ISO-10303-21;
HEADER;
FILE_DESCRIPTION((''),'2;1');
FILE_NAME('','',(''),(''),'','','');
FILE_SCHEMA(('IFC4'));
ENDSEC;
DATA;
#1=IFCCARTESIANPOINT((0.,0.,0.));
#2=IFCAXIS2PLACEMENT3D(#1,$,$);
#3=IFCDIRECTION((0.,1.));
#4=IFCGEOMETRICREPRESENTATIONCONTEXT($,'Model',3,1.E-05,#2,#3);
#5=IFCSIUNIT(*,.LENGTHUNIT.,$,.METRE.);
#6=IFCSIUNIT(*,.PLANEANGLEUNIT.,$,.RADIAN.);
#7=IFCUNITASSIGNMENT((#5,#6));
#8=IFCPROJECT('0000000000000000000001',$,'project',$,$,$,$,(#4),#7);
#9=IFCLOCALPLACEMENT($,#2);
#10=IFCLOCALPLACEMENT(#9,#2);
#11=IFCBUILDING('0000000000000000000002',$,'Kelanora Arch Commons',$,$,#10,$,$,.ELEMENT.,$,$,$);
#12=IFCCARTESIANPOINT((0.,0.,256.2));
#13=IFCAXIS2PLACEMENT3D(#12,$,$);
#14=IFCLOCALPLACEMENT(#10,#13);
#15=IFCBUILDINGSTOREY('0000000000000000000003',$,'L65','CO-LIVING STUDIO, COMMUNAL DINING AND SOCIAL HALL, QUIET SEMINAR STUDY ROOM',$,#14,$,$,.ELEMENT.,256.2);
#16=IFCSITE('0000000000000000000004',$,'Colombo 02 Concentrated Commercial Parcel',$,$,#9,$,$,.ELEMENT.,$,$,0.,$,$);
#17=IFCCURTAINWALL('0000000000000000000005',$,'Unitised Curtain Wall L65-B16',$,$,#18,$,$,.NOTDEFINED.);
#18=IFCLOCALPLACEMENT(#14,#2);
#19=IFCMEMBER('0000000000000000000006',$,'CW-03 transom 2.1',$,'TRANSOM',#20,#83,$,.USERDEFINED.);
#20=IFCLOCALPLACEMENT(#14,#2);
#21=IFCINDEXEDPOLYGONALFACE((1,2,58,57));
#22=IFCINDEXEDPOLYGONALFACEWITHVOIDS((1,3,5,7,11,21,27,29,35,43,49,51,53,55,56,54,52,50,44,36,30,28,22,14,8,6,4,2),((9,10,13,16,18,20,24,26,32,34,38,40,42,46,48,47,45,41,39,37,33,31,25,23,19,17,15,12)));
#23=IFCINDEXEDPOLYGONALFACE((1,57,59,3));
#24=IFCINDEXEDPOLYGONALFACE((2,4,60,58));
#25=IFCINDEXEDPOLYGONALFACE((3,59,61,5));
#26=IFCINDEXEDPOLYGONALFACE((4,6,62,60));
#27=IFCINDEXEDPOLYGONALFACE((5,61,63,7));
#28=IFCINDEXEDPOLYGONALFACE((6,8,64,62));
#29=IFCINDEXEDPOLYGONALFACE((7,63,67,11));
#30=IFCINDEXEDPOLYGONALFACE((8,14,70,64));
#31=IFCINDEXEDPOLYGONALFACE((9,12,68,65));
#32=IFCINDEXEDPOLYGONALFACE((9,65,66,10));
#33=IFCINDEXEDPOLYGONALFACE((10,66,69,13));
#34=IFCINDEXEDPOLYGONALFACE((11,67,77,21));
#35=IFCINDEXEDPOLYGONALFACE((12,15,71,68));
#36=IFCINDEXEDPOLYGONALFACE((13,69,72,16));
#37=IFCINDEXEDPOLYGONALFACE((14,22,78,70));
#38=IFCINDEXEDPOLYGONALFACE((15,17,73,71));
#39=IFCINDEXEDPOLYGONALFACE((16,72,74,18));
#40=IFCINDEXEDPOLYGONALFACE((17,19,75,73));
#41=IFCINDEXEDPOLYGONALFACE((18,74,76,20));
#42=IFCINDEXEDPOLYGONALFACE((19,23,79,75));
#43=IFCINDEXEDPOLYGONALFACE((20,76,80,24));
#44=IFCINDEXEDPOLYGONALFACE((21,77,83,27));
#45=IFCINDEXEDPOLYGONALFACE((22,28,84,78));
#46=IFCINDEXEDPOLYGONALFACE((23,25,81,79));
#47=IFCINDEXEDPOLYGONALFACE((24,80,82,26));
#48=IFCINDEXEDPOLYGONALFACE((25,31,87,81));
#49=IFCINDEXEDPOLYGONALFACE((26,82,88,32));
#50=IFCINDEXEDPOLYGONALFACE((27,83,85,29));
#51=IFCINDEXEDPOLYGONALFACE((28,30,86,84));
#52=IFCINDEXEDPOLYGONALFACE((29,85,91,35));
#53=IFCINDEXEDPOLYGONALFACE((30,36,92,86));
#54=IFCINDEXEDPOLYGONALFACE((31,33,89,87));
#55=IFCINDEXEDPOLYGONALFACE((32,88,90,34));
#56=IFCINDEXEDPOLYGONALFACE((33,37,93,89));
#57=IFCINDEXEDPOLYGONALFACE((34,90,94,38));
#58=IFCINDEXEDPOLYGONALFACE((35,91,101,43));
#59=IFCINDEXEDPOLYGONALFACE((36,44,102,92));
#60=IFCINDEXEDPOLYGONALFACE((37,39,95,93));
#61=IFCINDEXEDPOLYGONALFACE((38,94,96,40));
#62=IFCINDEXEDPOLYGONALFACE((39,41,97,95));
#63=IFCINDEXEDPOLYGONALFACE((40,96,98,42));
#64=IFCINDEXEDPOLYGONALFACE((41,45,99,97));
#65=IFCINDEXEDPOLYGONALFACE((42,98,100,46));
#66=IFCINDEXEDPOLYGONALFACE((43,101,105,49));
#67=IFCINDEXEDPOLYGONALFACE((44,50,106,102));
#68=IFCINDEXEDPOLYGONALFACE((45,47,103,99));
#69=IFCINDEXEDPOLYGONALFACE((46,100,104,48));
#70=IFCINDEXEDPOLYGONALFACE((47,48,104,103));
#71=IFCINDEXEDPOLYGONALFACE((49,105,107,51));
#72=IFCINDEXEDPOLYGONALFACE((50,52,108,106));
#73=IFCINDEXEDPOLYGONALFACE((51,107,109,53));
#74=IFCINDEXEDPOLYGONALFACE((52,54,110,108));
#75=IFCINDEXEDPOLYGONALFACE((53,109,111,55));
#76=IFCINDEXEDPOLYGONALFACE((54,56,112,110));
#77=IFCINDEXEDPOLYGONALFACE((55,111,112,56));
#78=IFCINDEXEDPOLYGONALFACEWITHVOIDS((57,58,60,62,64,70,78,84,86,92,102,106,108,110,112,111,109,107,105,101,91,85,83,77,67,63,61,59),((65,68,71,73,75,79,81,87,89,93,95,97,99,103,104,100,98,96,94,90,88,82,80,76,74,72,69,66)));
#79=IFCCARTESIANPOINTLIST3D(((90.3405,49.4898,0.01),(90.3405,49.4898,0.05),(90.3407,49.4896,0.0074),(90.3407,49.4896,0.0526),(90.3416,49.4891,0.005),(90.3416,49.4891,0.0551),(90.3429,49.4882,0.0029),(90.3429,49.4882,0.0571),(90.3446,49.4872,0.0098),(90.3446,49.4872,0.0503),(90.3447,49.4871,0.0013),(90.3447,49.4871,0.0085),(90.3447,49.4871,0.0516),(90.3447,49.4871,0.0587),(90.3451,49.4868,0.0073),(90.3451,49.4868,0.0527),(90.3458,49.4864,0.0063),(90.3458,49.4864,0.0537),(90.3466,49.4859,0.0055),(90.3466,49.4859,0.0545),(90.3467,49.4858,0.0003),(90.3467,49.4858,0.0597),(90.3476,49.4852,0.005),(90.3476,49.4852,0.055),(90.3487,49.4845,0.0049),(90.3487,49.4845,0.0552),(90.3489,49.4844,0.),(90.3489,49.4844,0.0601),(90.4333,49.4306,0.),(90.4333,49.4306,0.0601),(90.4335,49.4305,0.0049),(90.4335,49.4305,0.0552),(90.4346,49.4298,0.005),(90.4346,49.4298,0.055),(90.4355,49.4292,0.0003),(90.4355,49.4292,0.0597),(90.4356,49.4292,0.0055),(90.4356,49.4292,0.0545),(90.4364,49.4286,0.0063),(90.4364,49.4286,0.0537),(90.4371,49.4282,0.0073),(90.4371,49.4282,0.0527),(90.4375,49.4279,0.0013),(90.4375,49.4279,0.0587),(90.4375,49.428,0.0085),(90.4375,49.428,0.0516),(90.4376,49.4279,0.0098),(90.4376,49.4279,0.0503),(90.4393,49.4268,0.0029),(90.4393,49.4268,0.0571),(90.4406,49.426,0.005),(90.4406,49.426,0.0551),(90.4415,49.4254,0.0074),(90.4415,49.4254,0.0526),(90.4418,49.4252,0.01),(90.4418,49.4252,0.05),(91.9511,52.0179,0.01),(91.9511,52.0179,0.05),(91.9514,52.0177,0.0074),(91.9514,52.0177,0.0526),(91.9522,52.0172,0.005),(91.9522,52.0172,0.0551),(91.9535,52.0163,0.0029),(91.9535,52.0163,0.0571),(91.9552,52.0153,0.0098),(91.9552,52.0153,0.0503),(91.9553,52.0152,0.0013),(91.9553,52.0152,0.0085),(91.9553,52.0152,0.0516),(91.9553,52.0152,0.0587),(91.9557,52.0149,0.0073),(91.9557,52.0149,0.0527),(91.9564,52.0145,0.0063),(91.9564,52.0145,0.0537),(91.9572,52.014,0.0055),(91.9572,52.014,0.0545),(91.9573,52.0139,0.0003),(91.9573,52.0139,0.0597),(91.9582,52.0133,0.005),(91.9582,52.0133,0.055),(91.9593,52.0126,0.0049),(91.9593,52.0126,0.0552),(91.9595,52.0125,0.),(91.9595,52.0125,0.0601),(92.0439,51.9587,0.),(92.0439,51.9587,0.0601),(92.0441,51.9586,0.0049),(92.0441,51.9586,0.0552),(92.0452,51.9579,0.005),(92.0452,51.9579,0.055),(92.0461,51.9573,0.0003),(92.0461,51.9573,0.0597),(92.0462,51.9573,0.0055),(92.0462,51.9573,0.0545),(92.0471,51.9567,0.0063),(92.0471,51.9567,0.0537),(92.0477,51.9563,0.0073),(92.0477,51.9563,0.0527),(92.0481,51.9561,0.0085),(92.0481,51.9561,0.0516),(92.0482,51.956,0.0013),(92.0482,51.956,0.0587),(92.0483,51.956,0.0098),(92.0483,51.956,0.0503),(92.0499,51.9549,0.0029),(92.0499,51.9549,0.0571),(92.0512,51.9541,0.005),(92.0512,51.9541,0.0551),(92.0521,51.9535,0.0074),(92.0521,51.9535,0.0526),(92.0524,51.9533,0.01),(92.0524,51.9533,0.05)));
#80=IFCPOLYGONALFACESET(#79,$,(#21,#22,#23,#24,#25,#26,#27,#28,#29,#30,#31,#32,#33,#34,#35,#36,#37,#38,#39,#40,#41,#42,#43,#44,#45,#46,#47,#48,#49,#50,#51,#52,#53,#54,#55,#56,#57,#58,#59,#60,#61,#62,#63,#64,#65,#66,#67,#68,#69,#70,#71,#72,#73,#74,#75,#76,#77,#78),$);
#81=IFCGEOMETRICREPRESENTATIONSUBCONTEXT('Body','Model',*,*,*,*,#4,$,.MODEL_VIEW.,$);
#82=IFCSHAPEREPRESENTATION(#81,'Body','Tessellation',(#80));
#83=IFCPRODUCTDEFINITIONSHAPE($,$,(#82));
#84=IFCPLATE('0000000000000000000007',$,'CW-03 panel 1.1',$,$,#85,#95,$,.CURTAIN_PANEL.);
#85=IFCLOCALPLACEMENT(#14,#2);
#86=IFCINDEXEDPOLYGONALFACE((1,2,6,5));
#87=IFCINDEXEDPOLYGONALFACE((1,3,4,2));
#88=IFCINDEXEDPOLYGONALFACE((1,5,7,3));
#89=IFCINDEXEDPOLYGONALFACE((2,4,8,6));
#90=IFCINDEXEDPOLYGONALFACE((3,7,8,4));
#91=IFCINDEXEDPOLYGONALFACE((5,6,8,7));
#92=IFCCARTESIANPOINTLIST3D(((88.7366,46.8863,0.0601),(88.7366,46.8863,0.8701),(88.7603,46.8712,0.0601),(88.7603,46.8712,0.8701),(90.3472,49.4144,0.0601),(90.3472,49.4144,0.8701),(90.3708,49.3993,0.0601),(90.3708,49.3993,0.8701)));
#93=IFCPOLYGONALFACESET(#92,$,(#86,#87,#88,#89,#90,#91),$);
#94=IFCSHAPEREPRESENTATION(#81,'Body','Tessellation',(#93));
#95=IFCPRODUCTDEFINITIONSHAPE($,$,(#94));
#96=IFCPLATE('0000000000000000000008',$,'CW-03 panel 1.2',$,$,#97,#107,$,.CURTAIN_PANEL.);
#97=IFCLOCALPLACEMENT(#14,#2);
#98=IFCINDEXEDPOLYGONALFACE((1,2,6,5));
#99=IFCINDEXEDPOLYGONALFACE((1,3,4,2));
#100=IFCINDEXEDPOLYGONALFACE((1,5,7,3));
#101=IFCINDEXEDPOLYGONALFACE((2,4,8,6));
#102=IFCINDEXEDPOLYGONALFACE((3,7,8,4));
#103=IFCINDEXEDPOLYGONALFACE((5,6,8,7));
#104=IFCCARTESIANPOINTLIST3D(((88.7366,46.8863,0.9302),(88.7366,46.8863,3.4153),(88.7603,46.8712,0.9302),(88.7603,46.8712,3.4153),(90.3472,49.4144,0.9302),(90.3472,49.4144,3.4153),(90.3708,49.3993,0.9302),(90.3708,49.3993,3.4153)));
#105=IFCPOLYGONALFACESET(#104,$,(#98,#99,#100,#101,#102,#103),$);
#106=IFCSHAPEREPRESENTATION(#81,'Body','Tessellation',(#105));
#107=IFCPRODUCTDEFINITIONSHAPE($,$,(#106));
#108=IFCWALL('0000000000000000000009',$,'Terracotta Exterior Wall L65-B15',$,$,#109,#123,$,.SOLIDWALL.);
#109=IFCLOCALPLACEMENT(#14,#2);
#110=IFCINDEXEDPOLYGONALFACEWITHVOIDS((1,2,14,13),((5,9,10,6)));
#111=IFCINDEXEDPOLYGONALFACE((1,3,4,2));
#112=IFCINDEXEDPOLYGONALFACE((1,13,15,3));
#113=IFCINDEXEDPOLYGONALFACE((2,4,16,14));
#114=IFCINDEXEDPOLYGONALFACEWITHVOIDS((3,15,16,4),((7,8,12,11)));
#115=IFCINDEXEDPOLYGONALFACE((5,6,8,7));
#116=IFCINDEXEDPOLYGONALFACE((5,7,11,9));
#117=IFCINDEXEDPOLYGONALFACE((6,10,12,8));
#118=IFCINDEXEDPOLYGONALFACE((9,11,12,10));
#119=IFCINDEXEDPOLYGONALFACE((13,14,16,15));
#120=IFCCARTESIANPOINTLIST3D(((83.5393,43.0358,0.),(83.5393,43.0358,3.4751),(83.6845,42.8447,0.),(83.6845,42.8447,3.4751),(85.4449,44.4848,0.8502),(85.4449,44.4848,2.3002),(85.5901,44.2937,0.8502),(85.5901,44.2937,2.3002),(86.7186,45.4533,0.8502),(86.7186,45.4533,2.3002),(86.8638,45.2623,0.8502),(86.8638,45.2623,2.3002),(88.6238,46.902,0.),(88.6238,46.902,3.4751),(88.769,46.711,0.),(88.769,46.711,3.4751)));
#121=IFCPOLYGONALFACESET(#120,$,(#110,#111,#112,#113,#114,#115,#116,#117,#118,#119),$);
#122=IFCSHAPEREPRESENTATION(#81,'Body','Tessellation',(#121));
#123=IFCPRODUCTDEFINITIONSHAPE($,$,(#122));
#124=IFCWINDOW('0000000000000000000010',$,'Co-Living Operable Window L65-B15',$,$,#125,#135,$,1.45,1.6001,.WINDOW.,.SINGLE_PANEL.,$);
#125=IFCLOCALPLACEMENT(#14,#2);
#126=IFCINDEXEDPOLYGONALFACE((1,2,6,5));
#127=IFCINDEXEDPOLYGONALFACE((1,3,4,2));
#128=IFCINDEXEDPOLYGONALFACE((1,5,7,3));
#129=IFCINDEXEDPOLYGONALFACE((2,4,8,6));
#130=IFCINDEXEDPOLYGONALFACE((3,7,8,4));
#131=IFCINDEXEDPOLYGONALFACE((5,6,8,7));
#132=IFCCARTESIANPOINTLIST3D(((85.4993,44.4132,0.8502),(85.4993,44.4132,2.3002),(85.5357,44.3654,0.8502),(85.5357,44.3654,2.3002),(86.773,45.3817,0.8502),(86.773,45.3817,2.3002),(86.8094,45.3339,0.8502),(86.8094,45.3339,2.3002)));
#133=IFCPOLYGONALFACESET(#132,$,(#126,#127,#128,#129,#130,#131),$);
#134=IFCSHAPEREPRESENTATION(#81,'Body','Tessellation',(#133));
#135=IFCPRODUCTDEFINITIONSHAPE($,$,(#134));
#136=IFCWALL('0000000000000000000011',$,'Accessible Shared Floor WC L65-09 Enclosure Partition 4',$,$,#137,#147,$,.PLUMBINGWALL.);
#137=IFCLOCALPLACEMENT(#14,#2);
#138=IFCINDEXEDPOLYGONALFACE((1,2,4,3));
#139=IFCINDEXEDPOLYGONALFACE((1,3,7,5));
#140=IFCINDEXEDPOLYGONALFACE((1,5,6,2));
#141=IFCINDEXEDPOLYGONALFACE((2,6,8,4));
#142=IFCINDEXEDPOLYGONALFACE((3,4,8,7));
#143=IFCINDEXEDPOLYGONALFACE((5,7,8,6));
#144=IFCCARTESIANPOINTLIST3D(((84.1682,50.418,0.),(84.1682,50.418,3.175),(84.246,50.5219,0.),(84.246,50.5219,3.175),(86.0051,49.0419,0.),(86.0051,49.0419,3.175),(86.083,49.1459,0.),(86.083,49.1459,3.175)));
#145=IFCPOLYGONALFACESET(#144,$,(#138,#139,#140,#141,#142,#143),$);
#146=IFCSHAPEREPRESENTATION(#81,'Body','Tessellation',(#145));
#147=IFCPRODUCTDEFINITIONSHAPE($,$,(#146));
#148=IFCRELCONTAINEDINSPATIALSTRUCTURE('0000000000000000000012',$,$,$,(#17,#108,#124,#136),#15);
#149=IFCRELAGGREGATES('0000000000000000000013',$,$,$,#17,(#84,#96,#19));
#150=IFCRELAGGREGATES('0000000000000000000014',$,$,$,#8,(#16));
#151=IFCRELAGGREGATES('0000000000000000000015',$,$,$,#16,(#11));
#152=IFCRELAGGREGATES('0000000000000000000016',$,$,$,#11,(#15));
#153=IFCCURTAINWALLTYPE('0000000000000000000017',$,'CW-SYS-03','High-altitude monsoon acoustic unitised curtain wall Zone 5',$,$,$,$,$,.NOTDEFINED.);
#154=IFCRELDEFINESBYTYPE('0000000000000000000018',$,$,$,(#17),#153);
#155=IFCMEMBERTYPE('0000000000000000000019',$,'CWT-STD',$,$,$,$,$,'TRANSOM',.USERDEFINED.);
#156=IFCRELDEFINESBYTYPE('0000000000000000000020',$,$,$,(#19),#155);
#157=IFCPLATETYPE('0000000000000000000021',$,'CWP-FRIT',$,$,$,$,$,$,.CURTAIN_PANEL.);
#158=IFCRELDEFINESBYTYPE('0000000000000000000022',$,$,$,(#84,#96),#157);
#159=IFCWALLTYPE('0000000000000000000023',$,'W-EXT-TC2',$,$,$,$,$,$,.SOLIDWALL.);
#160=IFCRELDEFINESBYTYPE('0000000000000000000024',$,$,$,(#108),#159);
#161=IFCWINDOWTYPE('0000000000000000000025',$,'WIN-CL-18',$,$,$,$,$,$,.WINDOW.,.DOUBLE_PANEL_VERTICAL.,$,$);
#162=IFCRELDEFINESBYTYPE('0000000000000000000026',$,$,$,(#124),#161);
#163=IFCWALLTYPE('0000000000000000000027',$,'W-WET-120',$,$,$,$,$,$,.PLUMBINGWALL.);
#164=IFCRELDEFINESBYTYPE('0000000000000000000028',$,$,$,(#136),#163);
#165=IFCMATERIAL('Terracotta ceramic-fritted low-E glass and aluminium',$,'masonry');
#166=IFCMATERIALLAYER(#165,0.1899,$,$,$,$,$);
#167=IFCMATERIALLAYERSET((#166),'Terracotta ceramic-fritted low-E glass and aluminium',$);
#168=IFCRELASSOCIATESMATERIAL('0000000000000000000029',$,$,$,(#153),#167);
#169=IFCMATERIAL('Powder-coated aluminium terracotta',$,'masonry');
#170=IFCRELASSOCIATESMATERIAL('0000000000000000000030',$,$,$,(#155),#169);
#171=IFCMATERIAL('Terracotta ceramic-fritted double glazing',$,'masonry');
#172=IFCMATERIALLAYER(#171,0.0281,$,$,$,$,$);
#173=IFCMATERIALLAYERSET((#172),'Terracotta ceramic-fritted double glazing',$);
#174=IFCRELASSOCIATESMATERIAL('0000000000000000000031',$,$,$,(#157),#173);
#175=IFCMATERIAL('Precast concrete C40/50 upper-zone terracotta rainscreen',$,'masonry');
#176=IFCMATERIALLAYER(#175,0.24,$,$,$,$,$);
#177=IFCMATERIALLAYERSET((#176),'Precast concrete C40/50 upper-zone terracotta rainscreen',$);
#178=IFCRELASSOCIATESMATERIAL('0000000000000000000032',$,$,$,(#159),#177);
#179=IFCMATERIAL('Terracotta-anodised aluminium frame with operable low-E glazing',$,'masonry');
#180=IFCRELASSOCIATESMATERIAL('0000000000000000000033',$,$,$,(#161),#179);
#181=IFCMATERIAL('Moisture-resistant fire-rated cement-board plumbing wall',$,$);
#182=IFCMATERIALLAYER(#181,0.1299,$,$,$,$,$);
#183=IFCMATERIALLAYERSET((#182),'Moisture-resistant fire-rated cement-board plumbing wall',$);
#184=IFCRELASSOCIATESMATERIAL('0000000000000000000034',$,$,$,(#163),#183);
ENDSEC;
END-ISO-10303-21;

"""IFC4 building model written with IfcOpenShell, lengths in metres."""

from ifc_helpers import new_model, si_unit, direction, frame, frame_2d, origin, origin_2d, place, context, subcontext, project, spatial, rectangle, hollow_rectangle, extrude, source, transform, mapped, material, layer, layer_set, material_profile, profile_set, type_object, element, fill, aggregate, save


model = new_model("IFC4")

# Units and contexts
model_context = context("Model", 3, precision=1e-05, world=origin(), true_north=direction((0.0, 1.0)))
body_context = subcontext(model_context, "Body", "Model", "MODEL_VIEW")
ifc_project = project(units=[si_unit("LENGTHUNIT", "METRE"), si_unit("PLANEANGLEUNIT", "RADIAN")], contexts=[model_context])

# Site, building, storey
site_placement = place(None, origin())
site = spatial("IfcSite", under=ifc_project, at=site_placement, Name="Colombo 02 Concentrated Commercial Parcel", CompositionType="ELEMENT", RefElevation=0.0)
building_placement = place(site_placement, origin())
building = spatial("IfcBuilding", under=site, at=building_placement, Name="Kelanora Arch Commons", CompositionType="ELEMENT")
storey_placement = place(building_placement, frame((0.0, 0.0, 256.2)))
storey = spatial("IfcBuildingStorey", under=building, at=storey_placement, Name="L65", Description="CO-LIVING STUDIO, COMMUNAL DINING AND SOCIAL HALL, QUIET SEMINAR STUDY ROOM", CompositionType="ELEMENT", Elevation=256.2)

# Shared definitions
ifc_material_1 = material(Name="Terracotta ceramic-fritted low-E glass and aluminium", Category="masonry")
ifc_layer_1 = layer(ifc_material_1, 0.1899)
ifc_layer_set_1 = layer_set([ifc_layer_1], Name="Terracotta ceramic-fritted low-E glass and aluminium")
curtain_wall_type = type_object("IfcCurtainWallType", Name="CW-SYS-03", Description="High-altitude monsoon acoustic unitised curtain wall Zone 5", PredefinedType="NOTDEFINED", material=ifc_layer_set_1)
ifc_material_2 = material(Name="Powder-coated aluminium terracotta", Category="masonry")

# Curtain wall, member, plates
curtain_wall_1_placement = place(storey_placement, origin())
curtain_wall_1 = element("IfcCurtainWall", 1, at=curtain_wall_1_placement, inside=storey, type_object=curtain_wall_type, Name="Unitised Curtain Wall L65-B16", PredefinedType="NOTDEFINED")
ifc_material_profile_1 = material_profile(ifc_material_2, hollow_rectangle(XDim=0.1201, YDim=0.0601, WallThickness=0.0049, InnerFilletRadius=0.0049, OuterFilletRadius=0.01, at=origin_2d()), Name="CWT120x60")
ifc_profile_set_1 = profile_set([ifc_material_profile_1], Name="Powder-coated aluminium terracotta")
member_type_1 = type_object("IfcMemberType", Name="CWT-STD", ElementType="TRANSOM", PredefinedType="USERDEFINED", material=ifc_profile_set_1)
member_1_placement = place(storey_placement, frame((90.3911, 49.4575, 0.03), z_axis=(0.537308, 0.843386, 0.0), x_axis=(-0.843386, 0.537308, 0.0)))
member_1 = element("IfcMember", 2, at=member_1_placement, type_object=member_type_1, Name="CW-03 transom 2.1", ObjectType="TRANSOM", PredefinedType="USERDEFINED", context=body_context, shape_type="SweptSolid", body=[
    extrude(hollow_rectangle(XDim=0.1201, YDim=0.0601, WallThickness=0.0049, InnerFilletRadius=0.0049, OuterFilletRadius=0.01, at=origin_2d()), origin(), (0.0, 0.0, 1.0), 2.9976),
])
ifc_material_3 = material(Name="Terracotta ceramic-fritted double glazing", Category="masonry")
ifc_layer_2 = layer(ifc_material_3, 0.0281)
ifc_layer_set_2 = layer_set([ifc_layer_2], Name="Terracotta ceramic-fritted double glazing")
plate_type = type_object("IfcPlateType", Name="CWP-FRIT", PredefinedType="CURTAIN_PANEL", material=ifc_layer_set_2)
shared_shape_1 = source(origin(), body_context, "Body", "SweptSolid", [
    extrude(rectangle(XDim=2.9976, YDim=0.0281, at=origin_2d()), origin(), (0.0, 0.0, 1.0), 0.8101),
])
plate_1_placement = place(storey_placement, frame((89.5537, 48.1428, 0.0601), z_axis=(0.0, 0.0, 1.0), x_axis=(0.5373, 0.843391, 0.0)))
plate_1 = element("IfcPlate", 3, at=plate_1_placement, type_object=plate_type, Name="CW-03 panel 1.1", PredefinedType="CURTAIN_PANEL", context=body_context, shape_type="MappedRepresentation", body=[
    mapped(shared_shape_1, transform((0.0, 0.0, 0.0), scale=1.0)),
])
shared_shape_2 = source(origin(), body_context, "Body", "SweptSolid", [
    extrude(rectangle(XDim=2.9976, YDim=0.0281, at=origin_2d()), origin(), (0.0, 0.0, 1.0), 2.4851),
])
plate_2_placement = place(storey_placement, frame((89.5537, 48.1428, 0.9302), z_axis=(0.0, 0.0, 1.0), x_axis=(0.5373, 0.843391, 0.0)))
plate_2 = element("IfcPlate", 4, at=plate_2_placement, type_object=plate_type, Name="CW-03 panel 1.2", PredefinedType="CURTAIN_PANEL", context=body_context, shape_type="MappedRepresentation", body=[
    mapped(shared_shape_2, transform((0.0, 0.0, 0.0), scale=1.0)),
])
aggregate(curtain_wall_1, [plate_1, plate_2, member_1])

# Wall, opening, window
ifc_material_4 = material(Name="Precast concrete C40/50 upper-zone terracotta rainscreen", Category="masonry")
ifc_layer_3 = layer(ifc_material_4, 0.24)
ifc_layer_set_3 = layer_set([ifc_layer_3], Name="Precast concrete C40/50 upper-zone terracotta rainscreen")
wall_type_1 = type_object("IfcWallType", Name="W-EXT-TC2", PredefinedType="SOLIDWALL", material=ifc_layer_set_3)
wall_1_placement = place(storey_placement, frame((83.6118, 42.9402, 0.0), z_axis=(0.0, 0.0, 1.0), x_axis=(0.79601, 0.605283, 0.0)))
wall_1 = element("IfcWall", 5, at=wall_1_placement, inside=storey, type_object=wall_type_1, Name="Terracotta Exterior Wall L65-B15", PredefinedType="SOLIDWALL", context=body_context, shape_type="SweptSolid", body=[
    extrude(rectangle(XDim=6.3875, YDim=0.24, at=frame_2d((3.1938, 0.0))), origin(), (0.0, 0.0, 1.0), 3.4751),
])
opening_placement = place(wall_1_placement, frame((2.394, 0.0, 0.8501)))
opening = element("IfcOpeningElement", 6, at=opening_placement, cuts=wall_1, PredefinedType="OPENING", context=body_context, shape_type="SweptSolid", body=[
    extrude(rectangle(XDim=1.6001, YDim=1.45, at=frame_2d((0.8, 0.7251))), frame((0.0, 0.1299, 0.0), z_axis=(0.0, -1.0, 0.0), x_axis=(1.0, 0.0, 0.0)), (0.0, 0.0, 1.0), 0.26),
])
ifc_material_5 = material(Name="Terracotta-anodised aluminium frame with operable low-E glazing", Category="masonry")
window_type = type_object("IfcWindowType", Name="WIN-CL-18", PartitioningType="DOUBLE_PANEL_VERTICAL", PredefinedType="WINDOW", material=ifc_material_5)
window_placement = place(opening_placement, origin())
window = element("IfcWindow", 7, at=window_placement, inside=storey, type_object=window_type, Name="Co-Living Operable Window L65-B15", OverallHeight=1.45, OverallWidth=1.6001, PartitioningType="SINGLE_PANEL", PredefinedType="WINDOW", context=body_context, shape_type="SweptSolid", body=[
    extrude(rectangle(XDim=1.6001, YDim=1.45, at=frame_2d((0.8, 0.7251))), frame((0.0, 0.03, 0.0), z_axis=(0.0, -1.0, 0.0), x_axis=(1.0, 0.0, 0.0)), (0.0, 0.0, 1.0), 0.0601),
])
fill(opening, window)

# Wall
ifc_material_6 = material(Name="Moisture-resistant fire-rated cement-board plumbing wall")
ifc_layer_4 = layer(ifc_material_6, 0.1299)
ifc_layer_set_4 = layer_set([ifc_layer_4], Name="Moisture-resistant fire-rated cement-board plumbing wall")
wall_type_2 = type_object("IfcWallType", Name="W-WET-120", PredefinedType="PLUMBINGWALL", material=ifc_layer_set_4)
wall_2_placement = place(storey_placement, frame((86.0439, 49.094, 0.0), z_axis=(0.0, 0.0, 1.0), x_axis=(-0.800357, 0.599523, 0.0)))
element("IfcWall", 8, at=wall_2_placement, inside=storey, type_object=wall_type_2, Name="Accessible Shared Floor WC L65-09 Enclosure Partition 4", PredefinedType="PLUMBINGWALL", context=body_context, shape_type="SweptSolid", body=[
    extrude(rectangle(XDim=2.2952, YDim=0.1299, at=frame_2d((1.1475, 0.0))), origin(), (0.0, 0.0, 1.0), 3.175),
])

save(model, "model.ifc")
